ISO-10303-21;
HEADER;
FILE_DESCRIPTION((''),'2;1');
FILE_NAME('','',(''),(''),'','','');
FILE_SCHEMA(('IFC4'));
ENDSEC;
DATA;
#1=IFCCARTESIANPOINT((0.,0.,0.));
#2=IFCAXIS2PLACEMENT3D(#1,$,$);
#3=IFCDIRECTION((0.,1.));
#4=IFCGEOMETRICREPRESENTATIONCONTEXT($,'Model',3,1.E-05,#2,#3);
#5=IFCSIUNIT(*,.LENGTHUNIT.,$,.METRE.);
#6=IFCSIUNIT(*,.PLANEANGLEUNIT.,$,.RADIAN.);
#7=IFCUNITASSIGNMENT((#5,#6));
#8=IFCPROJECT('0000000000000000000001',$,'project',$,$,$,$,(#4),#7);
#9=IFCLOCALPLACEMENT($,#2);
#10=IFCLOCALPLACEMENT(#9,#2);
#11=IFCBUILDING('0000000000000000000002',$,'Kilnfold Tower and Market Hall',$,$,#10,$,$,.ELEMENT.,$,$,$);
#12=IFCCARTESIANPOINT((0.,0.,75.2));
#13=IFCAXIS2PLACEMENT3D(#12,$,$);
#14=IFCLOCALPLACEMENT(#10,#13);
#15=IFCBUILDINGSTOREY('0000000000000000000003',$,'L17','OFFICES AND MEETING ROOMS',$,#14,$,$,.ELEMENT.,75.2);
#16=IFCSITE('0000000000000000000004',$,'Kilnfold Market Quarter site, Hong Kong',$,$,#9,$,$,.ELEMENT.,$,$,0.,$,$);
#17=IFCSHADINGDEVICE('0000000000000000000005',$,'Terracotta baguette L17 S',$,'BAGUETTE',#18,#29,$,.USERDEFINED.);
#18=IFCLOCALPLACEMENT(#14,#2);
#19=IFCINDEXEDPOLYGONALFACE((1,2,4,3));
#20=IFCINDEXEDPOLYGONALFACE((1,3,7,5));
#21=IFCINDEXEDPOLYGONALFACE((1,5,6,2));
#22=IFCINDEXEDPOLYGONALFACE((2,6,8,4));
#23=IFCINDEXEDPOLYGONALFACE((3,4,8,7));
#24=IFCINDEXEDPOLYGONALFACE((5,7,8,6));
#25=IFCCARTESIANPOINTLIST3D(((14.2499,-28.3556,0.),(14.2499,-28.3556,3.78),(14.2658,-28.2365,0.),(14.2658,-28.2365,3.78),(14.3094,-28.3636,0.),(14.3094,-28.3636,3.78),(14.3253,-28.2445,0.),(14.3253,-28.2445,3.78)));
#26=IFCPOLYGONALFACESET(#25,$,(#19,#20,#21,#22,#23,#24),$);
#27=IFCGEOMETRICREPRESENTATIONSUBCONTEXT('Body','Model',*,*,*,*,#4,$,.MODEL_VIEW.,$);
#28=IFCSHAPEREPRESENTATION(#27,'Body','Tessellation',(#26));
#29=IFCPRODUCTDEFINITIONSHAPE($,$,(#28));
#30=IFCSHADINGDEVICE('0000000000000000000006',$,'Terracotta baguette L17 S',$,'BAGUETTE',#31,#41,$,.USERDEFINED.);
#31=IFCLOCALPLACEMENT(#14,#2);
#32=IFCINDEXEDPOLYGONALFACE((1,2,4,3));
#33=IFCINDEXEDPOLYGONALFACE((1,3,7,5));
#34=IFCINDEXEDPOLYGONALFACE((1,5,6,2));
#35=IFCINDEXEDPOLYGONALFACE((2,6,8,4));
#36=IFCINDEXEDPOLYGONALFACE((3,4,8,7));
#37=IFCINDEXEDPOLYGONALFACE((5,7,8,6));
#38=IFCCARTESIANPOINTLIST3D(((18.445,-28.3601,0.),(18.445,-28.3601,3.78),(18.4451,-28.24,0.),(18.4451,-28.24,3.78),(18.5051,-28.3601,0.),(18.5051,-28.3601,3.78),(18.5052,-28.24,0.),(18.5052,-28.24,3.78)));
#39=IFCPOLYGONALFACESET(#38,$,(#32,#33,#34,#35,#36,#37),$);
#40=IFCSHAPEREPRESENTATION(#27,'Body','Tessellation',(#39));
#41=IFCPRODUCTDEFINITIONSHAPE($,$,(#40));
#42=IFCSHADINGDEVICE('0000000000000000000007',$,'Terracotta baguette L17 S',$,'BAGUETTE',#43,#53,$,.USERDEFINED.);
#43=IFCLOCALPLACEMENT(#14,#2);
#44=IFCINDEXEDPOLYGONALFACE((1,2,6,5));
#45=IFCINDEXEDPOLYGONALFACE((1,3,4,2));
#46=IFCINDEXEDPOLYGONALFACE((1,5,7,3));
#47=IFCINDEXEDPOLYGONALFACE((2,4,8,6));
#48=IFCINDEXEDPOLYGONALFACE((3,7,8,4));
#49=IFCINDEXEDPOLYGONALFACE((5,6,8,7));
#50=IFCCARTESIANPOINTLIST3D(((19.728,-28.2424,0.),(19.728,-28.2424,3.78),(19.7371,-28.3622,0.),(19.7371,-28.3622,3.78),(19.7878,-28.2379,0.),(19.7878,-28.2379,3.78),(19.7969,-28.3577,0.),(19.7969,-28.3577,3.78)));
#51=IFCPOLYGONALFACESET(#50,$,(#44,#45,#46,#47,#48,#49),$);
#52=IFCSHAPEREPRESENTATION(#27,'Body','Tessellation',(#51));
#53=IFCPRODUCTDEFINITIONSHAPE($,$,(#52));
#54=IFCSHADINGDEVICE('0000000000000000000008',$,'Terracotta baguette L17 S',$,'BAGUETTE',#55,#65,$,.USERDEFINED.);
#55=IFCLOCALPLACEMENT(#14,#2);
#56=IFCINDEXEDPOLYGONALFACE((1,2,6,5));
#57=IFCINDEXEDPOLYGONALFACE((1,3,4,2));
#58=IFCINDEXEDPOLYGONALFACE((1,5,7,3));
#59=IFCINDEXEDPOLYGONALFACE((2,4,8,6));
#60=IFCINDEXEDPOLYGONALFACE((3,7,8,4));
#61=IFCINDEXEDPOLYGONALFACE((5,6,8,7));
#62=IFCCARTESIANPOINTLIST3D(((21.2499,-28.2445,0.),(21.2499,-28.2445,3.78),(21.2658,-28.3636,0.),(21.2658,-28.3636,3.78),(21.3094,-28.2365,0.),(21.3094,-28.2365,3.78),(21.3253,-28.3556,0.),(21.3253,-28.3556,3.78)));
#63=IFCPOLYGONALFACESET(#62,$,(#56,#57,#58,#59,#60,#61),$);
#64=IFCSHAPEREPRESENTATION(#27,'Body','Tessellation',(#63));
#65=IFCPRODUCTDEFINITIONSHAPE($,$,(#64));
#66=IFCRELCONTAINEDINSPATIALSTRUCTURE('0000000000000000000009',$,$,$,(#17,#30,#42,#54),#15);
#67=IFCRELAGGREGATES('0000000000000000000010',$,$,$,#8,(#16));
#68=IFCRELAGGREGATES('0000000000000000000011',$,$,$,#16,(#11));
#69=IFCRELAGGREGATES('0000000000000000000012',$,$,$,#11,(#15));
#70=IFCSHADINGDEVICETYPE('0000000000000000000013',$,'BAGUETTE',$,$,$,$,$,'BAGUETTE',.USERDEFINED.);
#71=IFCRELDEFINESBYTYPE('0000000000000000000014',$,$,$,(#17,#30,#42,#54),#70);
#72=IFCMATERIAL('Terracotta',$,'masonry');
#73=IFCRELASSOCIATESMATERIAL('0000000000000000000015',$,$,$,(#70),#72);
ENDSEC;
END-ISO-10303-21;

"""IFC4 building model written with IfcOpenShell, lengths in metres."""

from ifc_helpers import new_model, si_unit, direction, frame, origin, origin_2d, place, context, subcontext, project, spatial, rectangle, extrude, source, transform, mapped, material, material_profile, profile_set, type_object, element, save


model = new_model("IFC4")

# Units and contexts
model_context = context("Model", 3, precision=1e-05, world=origin(), true_north=direction((0.0, 1.0)))
body_context = subcontext(model_context, "Body", "Model", "MODEL_VIEW")
ifc_project = project(units=[si_unit("LENGTHUNIT", "METRE"), si_unit("PLANEANGLEUNIT", "RADIAN")], contexts=[model_context])

# Site, building, storey
site_placement = place(None, origin())
site = spatial("IfcSite", under=ifc_project, at=site_placement, Name="Kilnfold Market Quarter site, Hong Kong", CompositionType="ELEMENT", RefElevation=0.0)
building_placement = place(site_placement, origin())
building = spatial("IfcBuilding", under=site, at=building_placement, Name="Kilnfold Tower and Market Hall", CompositionType="ELEMENT")
storey_placement = place(building_placement, frame((0.0, 0.0, 75.2)))
storey = spatial("IfcBuildingStorey", under=building, at=storey_placement, Name="L17", Description="OFFICES AND MEETING ROOMS", CompositionType="ELEMENT", Elevation=75.2)

# Shading devices
ifc_material_1 = material(Name="Terracotta", Category="masonry")
ifc_material_profile_1 = material_profile(ifc_material_1, rectangle(XDim=0.0601, YDim=0.1201, at=origin_2d()), Name="BAG 60x120")
ifc_profile_set_1 = profile_set([ifc_material_profile_1], Name="Terracotta")
shading_device_type = type_object("IfcShadingDeviceType", Name="BAGUETTE", ElementType="BAGUETTE", PredefinedType="USERDEFINED", material=ifc_profile_set_1)
shared_shape_1 = source(origin(), body_context, "Body", "SweptSolid", [
    extrude(rectangle(XDim=0.0601, YDim=0.1201, at=origin_2d()), origin(), (0.0, 0.0, 1.0), 3.78),
])
for number, where, z_axis, x_axis, name in (
    (1, (14.2876, -28.3, 0.0), (0.0, 0.0, 1.0), (0.991182, -0.132507, 0.0), "Terracotta baguette L17 S"),
    (2, (18.4751, -28.3, 0.0), (0.0, 0.0, 1.0), (1.0, -0.000438, 0.0), "Terracotta baguette L17 S"),
    (3, (19.7625, -28.3, 0.0), (0.0, 0.0, 1.0), (0.997121, 0.075825, 0.0), "Terracotta baguette L17 S"),
    (4, (21.2876, -28.3, 0.0), (0.0, 0.0, 1.0), (0.991182, 0.132507, 0.0), "Terracotta baguette L17 S"),
):
    element("IfcShadingDevice", number, at=place(storey_placement, frame(where, z_axis=z_axis, x_axis=x_axis)), inside=storey, type_object=shading_device_type, Name=name, ObjectType="BAGUETTE", PredefinedType="USERDEFINED", context=body_context, shape_type="MappedRepresentation", body=[
        mapped(shared_shape_1, transform((0.0, 0.0, 0.0))),
    ])

save(model, "model.ifc")
